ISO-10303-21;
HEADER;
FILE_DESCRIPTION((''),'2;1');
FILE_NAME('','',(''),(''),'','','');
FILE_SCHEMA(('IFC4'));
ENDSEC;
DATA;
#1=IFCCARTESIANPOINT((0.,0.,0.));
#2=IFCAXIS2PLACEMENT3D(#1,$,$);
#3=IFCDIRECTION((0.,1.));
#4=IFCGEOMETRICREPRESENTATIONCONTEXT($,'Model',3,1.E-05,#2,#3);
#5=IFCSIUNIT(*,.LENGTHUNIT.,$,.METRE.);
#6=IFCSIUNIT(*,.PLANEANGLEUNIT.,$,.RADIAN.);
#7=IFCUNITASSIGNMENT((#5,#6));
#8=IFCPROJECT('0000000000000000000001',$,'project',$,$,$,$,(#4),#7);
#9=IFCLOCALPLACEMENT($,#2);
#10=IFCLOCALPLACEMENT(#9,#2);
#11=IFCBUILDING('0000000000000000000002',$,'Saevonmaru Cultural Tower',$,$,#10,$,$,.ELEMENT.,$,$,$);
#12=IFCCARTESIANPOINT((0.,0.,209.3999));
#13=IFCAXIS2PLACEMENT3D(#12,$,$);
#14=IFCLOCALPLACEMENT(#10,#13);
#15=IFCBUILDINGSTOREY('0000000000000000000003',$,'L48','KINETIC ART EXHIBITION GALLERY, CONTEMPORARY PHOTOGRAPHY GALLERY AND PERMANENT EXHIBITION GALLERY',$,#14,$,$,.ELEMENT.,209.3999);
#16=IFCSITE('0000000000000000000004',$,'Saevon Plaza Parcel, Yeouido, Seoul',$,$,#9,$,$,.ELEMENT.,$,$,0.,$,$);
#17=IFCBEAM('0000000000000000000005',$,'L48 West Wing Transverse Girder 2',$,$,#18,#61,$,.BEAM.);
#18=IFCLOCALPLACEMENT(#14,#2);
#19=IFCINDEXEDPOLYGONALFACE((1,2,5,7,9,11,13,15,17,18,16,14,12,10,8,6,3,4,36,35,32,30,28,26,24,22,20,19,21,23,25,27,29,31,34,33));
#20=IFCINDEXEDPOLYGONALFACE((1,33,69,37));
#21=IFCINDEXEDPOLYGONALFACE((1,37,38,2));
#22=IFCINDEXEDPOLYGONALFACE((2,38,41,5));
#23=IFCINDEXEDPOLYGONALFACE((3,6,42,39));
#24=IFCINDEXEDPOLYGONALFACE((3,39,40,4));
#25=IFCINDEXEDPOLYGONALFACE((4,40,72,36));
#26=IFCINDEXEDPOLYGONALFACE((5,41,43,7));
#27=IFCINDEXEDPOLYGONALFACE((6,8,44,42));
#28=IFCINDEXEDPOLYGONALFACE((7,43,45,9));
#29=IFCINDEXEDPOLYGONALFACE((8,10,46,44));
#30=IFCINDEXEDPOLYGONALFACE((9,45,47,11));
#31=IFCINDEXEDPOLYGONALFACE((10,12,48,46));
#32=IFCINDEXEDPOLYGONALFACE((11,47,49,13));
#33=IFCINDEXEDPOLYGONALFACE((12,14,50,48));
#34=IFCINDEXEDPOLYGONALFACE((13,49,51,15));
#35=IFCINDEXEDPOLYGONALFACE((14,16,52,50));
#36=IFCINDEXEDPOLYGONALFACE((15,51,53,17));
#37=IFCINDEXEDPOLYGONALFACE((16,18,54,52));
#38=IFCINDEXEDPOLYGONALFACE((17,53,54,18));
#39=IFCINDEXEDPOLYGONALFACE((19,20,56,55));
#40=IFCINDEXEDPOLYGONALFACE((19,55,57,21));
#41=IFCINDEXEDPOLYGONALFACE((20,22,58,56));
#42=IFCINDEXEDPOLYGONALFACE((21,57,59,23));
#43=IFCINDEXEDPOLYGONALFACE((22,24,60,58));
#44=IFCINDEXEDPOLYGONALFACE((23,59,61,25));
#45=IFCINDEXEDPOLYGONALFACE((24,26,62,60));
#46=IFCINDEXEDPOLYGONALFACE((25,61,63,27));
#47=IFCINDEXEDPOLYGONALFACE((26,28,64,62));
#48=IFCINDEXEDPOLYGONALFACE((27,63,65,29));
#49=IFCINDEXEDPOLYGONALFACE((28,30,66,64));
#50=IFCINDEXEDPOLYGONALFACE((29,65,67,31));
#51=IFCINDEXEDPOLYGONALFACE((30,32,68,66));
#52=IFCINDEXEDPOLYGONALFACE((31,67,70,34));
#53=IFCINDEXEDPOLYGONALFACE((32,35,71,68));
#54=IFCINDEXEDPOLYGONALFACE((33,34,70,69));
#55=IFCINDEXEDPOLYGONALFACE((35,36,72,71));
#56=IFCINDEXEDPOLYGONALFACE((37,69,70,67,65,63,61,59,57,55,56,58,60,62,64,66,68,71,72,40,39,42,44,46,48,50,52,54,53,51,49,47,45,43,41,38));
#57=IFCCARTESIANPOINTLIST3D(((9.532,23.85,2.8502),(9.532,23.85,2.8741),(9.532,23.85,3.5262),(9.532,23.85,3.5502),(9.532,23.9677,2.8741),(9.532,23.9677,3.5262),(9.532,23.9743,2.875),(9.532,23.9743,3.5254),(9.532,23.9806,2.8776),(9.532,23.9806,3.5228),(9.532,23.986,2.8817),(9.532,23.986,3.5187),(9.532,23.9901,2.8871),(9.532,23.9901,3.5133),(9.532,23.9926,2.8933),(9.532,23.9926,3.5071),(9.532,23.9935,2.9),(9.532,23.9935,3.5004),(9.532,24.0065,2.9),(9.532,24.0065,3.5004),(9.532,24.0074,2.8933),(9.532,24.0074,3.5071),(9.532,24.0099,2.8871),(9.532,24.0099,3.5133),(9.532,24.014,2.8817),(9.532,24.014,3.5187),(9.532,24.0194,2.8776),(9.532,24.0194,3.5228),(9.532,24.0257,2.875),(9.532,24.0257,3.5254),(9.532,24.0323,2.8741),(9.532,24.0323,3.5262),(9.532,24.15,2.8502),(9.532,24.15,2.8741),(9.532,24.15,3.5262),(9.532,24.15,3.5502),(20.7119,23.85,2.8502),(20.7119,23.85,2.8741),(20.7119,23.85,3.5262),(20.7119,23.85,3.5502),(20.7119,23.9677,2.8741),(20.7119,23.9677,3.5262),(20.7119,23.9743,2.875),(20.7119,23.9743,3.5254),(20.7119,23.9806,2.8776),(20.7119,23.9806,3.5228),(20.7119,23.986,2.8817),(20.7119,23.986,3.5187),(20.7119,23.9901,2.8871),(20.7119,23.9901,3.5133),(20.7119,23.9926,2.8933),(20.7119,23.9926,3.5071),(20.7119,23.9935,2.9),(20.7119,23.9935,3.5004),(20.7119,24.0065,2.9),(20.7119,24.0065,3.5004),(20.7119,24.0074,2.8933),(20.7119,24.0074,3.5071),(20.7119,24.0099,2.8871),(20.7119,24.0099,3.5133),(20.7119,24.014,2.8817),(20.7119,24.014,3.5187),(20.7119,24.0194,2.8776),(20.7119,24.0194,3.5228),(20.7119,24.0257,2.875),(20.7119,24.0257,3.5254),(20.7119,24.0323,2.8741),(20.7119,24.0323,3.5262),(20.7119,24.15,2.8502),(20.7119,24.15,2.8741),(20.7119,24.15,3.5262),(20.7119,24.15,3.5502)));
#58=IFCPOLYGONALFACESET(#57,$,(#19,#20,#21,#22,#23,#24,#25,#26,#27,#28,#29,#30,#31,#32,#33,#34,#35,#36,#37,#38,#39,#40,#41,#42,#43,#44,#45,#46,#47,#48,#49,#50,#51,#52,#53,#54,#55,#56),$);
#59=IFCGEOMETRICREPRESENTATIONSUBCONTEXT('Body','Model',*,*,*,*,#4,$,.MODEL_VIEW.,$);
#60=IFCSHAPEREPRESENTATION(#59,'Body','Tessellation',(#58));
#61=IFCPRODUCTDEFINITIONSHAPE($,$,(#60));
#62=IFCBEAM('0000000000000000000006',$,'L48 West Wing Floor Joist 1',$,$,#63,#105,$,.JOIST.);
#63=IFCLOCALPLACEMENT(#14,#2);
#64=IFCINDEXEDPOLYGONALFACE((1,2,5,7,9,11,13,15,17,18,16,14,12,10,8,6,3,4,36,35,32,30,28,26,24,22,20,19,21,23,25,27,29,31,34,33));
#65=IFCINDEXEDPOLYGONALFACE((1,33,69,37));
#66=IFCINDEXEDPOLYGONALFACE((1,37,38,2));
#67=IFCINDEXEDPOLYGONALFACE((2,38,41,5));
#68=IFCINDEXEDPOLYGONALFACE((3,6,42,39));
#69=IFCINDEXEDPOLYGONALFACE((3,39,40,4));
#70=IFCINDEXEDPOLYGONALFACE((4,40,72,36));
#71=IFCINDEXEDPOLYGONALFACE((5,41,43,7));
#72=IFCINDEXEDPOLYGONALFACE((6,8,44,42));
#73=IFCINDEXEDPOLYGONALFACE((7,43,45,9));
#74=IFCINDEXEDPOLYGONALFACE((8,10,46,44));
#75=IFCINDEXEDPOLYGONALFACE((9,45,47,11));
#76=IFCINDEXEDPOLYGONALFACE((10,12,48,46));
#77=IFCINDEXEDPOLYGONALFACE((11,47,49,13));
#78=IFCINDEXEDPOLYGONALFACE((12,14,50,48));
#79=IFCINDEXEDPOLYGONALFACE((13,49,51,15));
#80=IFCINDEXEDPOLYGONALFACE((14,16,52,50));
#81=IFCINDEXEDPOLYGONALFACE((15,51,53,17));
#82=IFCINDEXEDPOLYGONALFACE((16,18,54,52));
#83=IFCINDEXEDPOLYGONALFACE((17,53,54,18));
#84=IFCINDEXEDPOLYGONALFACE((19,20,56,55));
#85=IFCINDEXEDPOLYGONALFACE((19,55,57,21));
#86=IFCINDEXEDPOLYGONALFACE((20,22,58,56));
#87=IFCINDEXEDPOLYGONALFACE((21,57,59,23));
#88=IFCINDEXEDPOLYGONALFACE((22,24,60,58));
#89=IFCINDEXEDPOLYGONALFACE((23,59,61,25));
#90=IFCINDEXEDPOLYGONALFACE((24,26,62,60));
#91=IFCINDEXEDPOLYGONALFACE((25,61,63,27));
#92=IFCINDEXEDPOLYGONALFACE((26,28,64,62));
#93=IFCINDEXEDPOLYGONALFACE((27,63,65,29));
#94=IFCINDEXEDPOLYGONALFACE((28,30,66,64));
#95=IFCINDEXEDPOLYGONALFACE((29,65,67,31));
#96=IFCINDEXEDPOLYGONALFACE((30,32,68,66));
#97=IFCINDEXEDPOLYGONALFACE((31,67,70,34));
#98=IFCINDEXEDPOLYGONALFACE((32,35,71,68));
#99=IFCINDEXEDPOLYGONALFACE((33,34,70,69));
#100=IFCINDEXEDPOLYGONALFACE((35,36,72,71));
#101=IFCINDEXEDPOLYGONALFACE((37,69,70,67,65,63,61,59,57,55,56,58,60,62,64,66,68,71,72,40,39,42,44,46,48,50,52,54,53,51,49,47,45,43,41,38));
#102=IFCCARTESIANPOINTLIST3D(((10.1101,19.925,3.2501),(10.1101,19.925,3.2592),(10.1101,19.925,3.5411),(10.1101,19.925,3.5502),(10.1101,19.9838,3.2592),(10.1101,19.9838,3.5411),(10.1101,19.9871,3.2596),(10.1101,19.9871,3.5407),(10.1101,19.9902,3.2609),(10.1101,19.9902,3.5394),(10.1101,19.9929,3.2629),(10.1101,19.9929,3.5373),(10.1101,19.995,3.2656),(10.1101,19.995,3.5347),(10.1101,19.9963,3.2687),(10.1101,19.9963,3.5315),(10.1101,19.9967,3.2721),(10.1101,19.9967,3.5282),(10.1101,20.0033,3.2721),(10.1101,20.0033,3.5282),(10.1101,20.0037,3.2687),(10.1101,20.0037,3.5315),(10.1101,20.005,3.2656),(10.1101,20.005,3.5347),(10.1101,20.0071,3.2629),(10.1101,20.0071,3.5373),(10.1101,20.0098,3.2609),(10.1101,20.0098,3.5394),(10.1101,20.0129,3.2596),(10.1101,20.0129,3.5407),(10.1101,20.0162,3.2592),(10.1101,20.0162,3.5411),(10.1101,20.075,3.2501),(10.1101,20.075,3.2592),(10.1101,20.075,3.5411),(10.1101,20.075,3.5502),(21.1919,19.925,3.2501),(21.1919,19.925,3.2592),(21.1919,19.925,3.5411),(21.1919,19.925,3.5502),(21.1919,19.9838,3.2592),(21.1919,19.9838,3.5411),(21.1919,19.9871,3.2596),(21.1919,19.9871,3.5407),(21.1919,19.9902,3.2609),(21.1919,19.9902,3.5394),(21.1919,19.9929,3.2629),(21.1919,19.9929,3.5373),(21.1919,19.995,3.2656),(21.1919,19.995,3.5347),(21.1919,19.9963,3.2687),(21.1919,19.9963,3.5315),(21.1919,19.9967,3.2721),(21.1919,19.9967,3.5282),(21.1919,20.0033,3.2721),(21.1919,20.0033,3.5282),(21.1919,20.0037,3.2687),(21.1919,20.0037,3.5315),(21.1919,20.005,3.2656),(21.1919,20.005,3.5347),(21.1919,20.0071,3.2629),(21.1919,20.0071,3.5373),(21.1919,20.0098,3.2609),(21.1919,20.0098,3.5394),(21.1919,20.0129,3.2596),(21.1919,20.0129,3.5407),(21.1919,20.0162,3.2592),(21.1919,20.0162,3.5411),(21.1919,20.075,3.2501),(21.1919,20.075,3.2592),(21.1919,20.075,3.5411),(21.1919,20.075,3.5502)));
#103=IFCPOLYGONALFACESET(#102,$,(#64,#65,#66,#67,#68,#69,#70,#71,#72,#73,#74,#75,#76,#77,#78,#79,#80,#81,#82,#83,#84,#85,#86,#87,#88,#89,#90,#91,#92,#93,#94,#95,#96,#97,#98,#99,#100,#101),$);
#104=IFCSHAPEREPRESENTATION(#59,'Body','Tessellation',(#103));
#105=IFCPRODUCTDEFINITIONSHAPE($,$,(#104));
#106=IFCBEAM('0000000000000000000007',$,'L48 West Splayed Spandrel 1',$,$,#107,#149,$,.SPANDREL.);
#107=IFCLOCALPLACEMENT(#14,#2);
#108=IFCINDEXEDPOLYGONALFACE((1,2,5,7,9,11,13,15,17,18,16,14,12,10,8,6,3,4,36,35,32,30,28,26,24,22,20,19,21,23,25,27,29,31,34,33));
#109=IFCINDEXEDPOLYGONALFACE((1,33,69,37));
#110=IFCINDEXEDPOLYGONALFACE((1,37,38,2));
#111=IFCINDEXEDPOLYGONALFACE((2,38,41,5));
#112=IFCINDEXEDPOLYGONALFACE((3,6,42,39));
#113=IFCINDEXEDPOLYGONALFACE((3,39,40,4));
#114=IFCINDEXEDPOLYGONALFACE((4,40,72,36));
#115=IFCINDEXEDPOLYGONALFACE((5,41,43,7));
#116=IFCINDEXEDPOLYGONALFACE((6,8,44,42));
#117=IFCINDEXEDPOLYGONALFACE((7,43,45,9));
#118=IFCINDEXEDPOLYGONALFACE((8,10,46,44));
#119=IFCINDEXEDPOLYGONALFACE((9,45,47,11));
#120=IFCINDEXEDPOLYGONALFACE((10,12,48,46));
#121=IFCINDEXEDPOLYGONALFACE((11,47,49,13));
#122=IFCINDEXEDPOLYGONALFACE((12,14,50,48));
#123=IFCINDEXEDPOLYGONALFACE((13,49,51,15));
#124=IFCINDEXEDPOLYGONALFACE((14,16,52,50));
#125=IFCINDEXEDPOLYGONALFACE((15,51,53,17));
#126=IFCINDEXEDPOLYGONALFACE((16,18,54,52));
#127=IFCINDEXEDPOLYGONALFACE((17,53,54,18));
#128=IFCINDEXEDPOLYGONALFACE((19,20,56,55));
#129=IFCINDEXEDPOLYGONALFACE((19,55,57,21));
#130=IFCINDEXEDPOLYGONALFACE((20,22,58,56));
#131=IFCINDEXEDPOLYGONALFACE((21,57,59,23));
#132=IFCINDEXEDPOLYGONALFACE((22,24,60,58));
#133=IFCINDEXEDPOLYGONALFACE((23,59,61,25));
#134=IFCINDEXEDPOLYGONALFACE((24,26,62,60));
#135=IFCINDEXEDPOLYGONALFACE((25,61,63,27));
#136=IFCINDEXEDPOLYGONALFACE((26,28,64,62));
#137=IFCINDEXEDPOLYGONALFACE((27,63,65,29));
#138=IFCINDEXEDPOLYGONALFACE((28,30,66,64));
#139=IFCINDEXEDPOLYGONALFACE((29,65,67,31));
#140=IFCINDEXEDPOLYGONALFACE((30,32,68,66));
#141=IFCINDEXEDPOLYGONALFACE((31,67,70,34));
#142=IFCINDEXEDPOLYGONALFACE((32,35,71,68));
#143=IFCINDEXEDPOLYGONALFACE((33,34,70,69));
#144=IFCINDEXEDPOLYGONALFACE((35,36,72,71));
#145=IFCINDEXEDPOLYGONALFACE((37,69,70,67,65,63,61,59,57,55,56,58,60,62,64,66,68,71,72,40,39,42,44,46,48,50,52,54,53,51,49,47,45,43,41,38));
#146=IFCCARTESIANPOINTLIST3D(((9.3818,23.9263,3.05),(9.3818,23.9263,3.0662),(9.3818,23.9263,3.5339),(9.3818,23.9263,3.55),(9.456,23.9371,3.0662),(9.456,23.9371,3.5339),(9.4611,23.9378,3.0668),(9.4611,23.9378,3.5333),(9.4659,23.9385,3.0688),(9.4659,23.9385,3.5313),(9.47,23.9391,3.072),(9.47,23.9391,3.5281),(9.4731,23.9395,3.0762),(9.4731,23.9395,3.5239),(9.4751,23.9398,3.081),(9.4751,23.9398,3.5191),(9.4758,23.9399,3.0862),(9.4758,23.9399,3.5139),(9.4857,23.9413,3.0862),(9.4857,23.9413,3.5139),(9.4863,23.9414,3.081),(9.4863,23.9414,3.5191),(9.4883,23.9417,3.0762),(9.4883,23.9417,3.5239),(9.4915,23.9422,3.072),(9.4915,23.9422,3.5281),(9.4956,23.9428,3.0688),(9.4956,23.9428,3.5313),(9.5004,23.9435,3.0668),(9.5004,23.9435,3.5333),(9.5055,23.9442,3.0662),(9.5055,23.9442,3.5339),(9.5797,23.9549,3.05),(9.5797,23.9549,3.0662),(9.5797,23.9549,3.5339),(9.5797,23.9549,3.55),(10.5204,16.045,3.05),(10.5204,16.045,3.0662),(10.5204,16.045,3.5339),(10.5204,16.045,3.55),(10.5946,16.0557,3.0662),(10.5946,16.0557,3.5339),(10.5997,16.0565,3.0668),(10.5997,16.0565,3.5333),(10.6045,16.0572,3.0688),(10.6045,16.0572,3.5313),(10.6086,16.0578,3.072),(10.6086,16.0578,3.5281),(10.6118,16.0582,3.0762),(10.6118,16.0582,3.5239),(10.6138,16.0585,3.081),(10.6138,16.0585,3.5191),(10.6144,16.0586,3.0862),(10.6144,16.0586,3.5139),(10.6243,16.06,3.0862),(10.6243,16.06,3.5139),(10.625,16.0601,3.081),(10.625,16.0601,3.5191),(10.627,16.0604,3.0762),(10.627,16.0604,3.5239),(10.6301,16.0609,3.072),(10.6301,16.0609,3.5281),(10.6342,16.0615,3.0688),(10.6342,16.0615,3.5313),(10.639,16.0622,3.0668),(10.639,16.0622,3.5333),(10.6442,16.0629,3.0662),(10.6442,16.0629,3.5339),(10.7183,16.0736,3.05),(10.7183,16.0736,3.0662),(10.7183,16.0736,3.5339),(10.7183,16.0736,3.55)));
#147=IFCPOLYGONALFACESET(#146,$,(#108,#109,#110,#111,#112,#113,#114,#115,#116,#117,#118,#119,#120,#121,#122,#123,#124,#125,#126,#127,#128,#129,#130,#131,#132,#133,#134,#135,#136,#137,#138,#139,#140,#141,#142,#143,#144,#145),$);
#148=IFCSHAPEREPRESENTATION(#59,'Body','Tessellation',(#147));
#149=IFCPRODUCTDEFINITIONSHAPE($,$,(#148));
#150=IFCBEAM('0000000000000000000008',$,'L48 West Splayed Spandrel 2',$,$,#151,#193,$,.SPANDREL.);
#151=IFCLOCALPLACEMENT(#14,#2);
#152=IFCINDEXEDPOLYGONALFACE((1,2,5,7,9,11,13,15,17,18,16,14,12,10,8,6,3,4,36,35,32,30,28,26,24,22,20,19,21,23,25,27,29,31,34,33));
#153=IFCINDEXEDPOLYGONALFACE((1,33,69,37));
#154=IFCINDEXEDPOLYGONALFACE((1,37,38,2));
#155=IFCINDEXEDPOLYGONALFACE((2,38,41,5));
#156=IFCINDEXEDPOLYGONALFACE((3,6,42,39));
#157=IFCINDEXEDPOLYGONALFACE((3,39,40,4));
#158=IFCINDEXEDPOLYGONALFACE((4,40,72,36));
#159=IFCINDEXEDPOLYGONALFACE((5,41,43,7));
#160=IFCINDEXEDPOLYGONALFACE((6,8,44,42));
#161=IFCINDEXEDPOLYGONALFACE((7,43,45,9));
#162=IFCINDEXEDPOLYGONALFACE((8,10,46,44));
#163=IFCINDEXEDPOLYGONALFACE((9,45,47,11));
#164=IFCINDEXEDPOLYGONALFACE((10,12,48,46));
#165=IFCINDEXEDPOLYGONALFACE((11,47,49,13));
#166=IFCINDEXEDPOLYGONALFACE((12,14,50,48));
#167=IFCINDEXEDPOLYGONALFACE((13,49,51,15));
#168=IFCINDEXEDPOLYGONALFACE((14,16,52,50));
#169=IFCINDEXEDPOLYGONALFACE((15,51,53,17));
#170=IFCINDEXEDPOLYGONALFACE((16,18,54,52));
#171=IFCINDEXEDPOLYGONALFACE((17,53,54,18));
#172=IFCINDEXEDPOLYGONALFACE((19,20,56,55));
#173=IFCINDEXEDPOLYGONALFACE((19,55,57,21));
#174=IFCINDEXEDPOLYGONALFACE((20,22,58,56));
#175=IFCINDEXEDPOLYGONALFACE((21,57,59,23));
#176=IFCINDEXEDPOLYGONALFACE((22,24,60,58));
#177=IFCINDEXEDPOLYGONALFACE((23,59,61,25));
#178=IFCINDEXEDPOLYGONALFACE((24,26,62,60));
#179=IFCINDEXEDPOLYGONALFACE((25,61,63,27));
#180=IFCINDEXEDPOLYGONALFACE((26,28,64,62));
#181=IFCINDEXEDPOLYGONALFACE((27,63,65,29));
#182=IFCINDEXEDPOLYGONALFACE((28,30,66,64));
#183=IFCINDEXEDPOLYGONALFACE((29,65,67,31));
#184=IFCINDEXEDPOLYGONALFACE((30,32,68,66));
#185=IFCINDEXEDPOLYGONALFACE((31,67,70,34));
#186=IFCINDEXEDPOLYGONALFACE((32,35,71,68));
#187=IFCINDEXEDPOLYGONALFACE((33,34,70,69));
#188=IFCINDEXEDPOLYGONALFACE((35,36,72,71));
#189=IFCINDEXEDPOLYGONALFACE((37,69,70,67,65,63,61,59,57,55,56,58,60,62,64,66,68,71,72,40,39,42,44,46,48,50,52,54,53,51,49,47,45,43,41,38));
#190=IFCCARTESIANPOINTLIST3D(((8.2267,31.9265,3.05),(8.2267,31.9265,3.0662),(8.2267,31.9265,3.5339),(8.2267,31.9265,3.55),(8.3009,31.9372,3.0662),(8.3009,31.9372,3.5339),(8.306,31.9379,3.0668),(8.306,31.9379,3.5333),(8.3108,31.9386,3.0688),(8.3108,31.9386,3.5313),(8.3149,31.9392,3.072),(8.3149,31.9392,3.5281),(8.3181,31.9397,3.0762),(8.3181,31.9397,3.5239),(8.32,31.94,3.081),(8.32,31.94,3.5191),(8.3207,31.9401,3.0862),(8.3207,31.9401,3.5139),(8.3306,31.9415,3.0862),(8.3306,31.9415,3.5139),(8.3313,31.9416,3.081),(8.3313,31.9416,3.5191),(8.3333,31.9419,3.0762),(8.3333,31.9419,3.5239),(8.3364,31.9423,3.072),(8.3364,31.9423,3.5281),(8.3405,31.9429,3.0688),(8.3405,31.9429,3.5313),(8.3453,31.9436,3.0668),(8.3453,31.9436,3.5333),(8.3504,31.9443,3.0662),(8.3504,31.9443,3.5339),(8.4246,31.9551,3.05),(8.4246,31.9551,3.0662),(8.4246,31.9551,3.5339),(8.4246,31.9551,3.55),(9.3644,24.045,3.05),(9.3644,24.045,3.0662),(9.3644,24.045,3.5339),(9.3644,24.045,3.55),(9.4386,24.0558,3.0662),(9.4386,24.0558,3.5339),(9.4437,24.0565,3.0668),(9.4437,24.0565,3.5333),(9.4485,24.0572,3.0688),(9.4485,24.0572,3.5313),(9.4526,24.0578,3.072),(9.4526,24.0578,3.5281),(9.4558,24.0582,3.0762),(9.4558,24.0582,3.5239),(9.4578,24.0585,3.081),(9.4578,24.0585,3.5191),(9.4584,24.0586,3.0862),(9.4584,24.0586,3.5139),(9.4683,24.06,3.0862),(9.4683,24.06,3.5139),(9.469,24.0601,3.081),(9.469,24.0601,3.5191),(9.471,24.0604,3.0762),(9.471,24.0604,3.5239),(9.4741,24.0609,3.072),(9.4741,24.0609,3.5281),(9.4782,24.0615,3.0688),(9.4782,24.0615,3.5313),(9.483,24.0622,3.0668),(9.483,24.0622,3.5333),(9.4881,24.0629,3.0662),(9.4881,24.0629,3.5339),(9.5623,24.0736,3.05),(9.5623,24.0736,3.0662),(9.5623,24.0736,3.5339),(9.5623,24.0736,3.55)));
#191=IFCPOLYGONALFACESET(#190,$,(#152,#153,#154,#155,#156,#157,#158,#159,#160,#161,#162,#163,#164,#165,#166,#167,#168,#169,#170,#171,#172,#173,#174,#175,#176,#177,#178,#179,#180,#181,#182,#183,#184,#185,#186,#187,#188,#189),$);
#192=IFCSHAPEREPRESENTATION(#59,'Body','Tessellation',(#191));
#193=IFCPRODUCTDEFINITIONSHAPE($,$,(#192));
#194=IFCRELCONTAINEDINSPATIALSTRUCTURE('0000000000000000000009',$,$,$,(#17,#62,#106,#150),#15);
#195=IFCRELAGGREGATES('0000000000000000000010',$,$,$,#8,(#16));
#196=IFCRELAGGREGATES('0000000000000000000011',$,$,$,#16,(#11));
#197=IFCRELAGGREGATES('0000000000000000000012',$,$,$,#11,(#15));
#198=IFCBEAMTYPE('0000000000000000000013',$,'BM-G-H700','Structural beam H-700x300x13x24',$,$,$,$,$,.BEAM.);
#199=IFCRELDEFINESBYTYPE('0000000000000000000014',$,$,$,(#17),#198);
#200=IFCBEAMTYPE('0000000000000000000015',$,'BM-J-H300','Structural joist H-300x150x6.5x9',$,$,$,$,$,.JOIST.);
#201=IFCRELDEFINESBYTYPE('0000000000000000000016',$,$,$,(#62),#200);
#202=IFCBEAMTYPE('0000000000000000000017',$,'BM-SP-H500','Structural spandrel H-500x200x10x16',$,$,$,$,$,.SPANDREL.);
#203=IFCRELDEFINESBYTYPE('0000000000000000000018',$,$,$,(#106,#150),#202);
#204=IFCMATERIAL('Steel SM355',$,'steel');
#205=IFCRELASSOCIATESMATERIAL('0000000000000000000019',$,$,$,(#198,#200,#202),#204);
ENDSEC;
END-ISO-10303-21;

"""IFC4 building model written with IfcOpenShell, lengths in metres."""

from ifc_helpers import new_model, si_unit, direction, frame, origin, origin_2d, place, context, subcontext, project, spatial, i_section, extrude, material, material_profile, profile_set, type_object, element, save


model = new_model("IFC4")

# Units and contexts
model_context = context("Model", 3, precision=1e-05, world=origin(), true_north=direction((0.0, 1.0)))
body_context = subcontext(model_context, "Body", "Model", "MODEL_VIEW")
ifc_project = project(units=[si_unit("LENGTHUNIT", "METRE"), si_unit("PLANEANGLEUNIT", "RADIAN")], contexts=[model_context])

# Site, building, storey
site_placement = place(None, origin())
site = spatial("IfcSite", under=ifc_project, at=site_placement, Name="Saevon Plaza Parcel, Yeouido, Seoul", CompositionType="ELEMENT", RefElevation=0.0)
building_placement = place(site_placement, origin())
building = spatial("IfcBuilding", under=site, at=building_placement, Name="Saevonmaru Cultural Tower", CompositionType="ELEMENT")
storey_placement = place(building_placement, frame((0.0, 0.0, 209.3999)))
storey = spatial("IfcBuildingStorey", under=building, at=storey_placement, Name="L48", Description="KINETIC ART EXHIBITION GALLERY, CONTEMPORARY PHOTOGRAPHY GALLERY AND PERMANENT EXHIBITION GALLERY", CompositionType="ELEMENT", Elevation=209.3999)

# Shared definitions
ifc_material_1 = material(Name="Steel SM355", Category="steel")

# Beams
ifc_material_profile_1 = material_profile(ifc_material_1, i_section(OverallWidth=0.3, OverallDepth=0.7, WebThickness=0.0129, FlangeThickness=0.0239, FilletRadius=0.0259, at=origin_2d()), Name="H-700x300x13x24")
ifc_profile_set_1 = profile_set([ifc_material_profile_1], Name="Steel SM355")
beam_type_1 = type_object("IfcBeamType", Name="BM-G-H700", Description="Structural beam H-700x300x13x24", PredefinedType="BEAM", material=ifc_profile_set_1)
for number, where, z_axis, x_axis, name in (
    (1, (9.532, 24.0, 3.2002), (1.0, 0.0, 0.0), (0.0, 1.0, 0.0), "L48 West Wing Transverse Girder 2"),
):
    element("IfcBeam", number, at=place(storey_placement, frame(where, z_axis=z_axis, x_axis=x_axis)), inside=storey, type_object=beam_type_1, Name=name, PredefinedType="BEAM", context=body_context, shape_type="SweptSolid", body=[
        extrude(i_section(OverallWidth=0.3, OverallDepth=0.7, WebThickness=0.0129, FlangeThickness=0.0239, FilletRadius=0.0259, at=origin_2d()), origin(), (0.0, 0.0, 1.0), 11.1799),
    ])
ifc_material_profile_2 = material_profile(ifc_material_1, i_section(OverallWidth=0.1499, OverallDepth=0.3, WebThickness=0.0066, FlangeThickness=0.009, FilletRadius=0.0129, at=origin_2d()), Name="H-300x150x6.5x9")
ifc_profile_set_2 = profile_set([ifc_material_profile_2], Name="Steel SM355")
beam_type_2 = type_object("IfcBeamType", Name="BM-J-H300", Description="Structural joist H-300x150x6.5x9", PredefinedType="JOIST", material=ifc_profile_set_2)
beam_1_placement = place(storey_placement, frame((10.1101, 20.0, 3.4001), z_axis=(1.0, 0.0, 0.0), x_axis=(0.0, 1.0, 0.0)))
element("IfcBeam", 2, at=beam_1_placement, inside=storey, type_object=beam_type_2, Name="L48 West Wing Floor Joist 1", PredefinedType="JOIST", context=body_context, shape_type="SweptSolid", body=[
    extrude(i_section(OverallWidth=0.1499, OverallDepth=0.3, WebThickness=0.0066, FlangeThickness=0.009, FilletRadius=0.0129, at=origin_2d()), origin(), (0.0, 0.0, 1.0), 11.0818),
])
ifc_material_profile_3 = material_profile(ifc_material_1, i_section(OverallWidth=0.2, OverallDepth=0.5, WebThickness=0.01, FlangeThickness=0.0161, FilletRadius=0.02, at=origin_2d()), Name="H-500x200x10x16")
ifc_profile_set_3 = profile_set([ifc_material_profile_3], Name="Steel SM355")
beam_type_3 = type_object("IfcBeamType", Name="BM-SP-H500", Description="Structural spandrel H-500x200x10x16", PredefinedType="SPANDREL", material=ifc_profile_set_3)
for number, where, z_axis, x_axis, name in (
    (3, (10.6194, 16.0593, 3.3), (-0.142992, 0.989724, 0.0), (-0.989724, -0.142992, 0.0), "L48 West Splayed Spandrel 1"),
    (4, (9.4634, 24.0593, 3.3), (-0.142872, 0.989741, 0.0), (-0.989741, -0.142872, 0.0), "L48 West Splayed Spandrel 2"),
):
    element("IfcBeam", number, at=place(storey_placement, frame(where, z_axis=z_axis, x_axis=x_axis)), inside=storey, type_object=beam_type_3, Name=name, PredefinedType="SPANDREL", context=body_context, shape_type="SweptSolid", body=[
        extrude(i_section(OverallWidth=0.2, OverallDepth=0.5, WebThickness=0.01, FlangeThickness=0.0161, FilletRadius=0.02, at=origin_2d()), origin(), (0.0, 0.0, 1.0), 7.9631),
    ])

save(model, "model.ifc")
